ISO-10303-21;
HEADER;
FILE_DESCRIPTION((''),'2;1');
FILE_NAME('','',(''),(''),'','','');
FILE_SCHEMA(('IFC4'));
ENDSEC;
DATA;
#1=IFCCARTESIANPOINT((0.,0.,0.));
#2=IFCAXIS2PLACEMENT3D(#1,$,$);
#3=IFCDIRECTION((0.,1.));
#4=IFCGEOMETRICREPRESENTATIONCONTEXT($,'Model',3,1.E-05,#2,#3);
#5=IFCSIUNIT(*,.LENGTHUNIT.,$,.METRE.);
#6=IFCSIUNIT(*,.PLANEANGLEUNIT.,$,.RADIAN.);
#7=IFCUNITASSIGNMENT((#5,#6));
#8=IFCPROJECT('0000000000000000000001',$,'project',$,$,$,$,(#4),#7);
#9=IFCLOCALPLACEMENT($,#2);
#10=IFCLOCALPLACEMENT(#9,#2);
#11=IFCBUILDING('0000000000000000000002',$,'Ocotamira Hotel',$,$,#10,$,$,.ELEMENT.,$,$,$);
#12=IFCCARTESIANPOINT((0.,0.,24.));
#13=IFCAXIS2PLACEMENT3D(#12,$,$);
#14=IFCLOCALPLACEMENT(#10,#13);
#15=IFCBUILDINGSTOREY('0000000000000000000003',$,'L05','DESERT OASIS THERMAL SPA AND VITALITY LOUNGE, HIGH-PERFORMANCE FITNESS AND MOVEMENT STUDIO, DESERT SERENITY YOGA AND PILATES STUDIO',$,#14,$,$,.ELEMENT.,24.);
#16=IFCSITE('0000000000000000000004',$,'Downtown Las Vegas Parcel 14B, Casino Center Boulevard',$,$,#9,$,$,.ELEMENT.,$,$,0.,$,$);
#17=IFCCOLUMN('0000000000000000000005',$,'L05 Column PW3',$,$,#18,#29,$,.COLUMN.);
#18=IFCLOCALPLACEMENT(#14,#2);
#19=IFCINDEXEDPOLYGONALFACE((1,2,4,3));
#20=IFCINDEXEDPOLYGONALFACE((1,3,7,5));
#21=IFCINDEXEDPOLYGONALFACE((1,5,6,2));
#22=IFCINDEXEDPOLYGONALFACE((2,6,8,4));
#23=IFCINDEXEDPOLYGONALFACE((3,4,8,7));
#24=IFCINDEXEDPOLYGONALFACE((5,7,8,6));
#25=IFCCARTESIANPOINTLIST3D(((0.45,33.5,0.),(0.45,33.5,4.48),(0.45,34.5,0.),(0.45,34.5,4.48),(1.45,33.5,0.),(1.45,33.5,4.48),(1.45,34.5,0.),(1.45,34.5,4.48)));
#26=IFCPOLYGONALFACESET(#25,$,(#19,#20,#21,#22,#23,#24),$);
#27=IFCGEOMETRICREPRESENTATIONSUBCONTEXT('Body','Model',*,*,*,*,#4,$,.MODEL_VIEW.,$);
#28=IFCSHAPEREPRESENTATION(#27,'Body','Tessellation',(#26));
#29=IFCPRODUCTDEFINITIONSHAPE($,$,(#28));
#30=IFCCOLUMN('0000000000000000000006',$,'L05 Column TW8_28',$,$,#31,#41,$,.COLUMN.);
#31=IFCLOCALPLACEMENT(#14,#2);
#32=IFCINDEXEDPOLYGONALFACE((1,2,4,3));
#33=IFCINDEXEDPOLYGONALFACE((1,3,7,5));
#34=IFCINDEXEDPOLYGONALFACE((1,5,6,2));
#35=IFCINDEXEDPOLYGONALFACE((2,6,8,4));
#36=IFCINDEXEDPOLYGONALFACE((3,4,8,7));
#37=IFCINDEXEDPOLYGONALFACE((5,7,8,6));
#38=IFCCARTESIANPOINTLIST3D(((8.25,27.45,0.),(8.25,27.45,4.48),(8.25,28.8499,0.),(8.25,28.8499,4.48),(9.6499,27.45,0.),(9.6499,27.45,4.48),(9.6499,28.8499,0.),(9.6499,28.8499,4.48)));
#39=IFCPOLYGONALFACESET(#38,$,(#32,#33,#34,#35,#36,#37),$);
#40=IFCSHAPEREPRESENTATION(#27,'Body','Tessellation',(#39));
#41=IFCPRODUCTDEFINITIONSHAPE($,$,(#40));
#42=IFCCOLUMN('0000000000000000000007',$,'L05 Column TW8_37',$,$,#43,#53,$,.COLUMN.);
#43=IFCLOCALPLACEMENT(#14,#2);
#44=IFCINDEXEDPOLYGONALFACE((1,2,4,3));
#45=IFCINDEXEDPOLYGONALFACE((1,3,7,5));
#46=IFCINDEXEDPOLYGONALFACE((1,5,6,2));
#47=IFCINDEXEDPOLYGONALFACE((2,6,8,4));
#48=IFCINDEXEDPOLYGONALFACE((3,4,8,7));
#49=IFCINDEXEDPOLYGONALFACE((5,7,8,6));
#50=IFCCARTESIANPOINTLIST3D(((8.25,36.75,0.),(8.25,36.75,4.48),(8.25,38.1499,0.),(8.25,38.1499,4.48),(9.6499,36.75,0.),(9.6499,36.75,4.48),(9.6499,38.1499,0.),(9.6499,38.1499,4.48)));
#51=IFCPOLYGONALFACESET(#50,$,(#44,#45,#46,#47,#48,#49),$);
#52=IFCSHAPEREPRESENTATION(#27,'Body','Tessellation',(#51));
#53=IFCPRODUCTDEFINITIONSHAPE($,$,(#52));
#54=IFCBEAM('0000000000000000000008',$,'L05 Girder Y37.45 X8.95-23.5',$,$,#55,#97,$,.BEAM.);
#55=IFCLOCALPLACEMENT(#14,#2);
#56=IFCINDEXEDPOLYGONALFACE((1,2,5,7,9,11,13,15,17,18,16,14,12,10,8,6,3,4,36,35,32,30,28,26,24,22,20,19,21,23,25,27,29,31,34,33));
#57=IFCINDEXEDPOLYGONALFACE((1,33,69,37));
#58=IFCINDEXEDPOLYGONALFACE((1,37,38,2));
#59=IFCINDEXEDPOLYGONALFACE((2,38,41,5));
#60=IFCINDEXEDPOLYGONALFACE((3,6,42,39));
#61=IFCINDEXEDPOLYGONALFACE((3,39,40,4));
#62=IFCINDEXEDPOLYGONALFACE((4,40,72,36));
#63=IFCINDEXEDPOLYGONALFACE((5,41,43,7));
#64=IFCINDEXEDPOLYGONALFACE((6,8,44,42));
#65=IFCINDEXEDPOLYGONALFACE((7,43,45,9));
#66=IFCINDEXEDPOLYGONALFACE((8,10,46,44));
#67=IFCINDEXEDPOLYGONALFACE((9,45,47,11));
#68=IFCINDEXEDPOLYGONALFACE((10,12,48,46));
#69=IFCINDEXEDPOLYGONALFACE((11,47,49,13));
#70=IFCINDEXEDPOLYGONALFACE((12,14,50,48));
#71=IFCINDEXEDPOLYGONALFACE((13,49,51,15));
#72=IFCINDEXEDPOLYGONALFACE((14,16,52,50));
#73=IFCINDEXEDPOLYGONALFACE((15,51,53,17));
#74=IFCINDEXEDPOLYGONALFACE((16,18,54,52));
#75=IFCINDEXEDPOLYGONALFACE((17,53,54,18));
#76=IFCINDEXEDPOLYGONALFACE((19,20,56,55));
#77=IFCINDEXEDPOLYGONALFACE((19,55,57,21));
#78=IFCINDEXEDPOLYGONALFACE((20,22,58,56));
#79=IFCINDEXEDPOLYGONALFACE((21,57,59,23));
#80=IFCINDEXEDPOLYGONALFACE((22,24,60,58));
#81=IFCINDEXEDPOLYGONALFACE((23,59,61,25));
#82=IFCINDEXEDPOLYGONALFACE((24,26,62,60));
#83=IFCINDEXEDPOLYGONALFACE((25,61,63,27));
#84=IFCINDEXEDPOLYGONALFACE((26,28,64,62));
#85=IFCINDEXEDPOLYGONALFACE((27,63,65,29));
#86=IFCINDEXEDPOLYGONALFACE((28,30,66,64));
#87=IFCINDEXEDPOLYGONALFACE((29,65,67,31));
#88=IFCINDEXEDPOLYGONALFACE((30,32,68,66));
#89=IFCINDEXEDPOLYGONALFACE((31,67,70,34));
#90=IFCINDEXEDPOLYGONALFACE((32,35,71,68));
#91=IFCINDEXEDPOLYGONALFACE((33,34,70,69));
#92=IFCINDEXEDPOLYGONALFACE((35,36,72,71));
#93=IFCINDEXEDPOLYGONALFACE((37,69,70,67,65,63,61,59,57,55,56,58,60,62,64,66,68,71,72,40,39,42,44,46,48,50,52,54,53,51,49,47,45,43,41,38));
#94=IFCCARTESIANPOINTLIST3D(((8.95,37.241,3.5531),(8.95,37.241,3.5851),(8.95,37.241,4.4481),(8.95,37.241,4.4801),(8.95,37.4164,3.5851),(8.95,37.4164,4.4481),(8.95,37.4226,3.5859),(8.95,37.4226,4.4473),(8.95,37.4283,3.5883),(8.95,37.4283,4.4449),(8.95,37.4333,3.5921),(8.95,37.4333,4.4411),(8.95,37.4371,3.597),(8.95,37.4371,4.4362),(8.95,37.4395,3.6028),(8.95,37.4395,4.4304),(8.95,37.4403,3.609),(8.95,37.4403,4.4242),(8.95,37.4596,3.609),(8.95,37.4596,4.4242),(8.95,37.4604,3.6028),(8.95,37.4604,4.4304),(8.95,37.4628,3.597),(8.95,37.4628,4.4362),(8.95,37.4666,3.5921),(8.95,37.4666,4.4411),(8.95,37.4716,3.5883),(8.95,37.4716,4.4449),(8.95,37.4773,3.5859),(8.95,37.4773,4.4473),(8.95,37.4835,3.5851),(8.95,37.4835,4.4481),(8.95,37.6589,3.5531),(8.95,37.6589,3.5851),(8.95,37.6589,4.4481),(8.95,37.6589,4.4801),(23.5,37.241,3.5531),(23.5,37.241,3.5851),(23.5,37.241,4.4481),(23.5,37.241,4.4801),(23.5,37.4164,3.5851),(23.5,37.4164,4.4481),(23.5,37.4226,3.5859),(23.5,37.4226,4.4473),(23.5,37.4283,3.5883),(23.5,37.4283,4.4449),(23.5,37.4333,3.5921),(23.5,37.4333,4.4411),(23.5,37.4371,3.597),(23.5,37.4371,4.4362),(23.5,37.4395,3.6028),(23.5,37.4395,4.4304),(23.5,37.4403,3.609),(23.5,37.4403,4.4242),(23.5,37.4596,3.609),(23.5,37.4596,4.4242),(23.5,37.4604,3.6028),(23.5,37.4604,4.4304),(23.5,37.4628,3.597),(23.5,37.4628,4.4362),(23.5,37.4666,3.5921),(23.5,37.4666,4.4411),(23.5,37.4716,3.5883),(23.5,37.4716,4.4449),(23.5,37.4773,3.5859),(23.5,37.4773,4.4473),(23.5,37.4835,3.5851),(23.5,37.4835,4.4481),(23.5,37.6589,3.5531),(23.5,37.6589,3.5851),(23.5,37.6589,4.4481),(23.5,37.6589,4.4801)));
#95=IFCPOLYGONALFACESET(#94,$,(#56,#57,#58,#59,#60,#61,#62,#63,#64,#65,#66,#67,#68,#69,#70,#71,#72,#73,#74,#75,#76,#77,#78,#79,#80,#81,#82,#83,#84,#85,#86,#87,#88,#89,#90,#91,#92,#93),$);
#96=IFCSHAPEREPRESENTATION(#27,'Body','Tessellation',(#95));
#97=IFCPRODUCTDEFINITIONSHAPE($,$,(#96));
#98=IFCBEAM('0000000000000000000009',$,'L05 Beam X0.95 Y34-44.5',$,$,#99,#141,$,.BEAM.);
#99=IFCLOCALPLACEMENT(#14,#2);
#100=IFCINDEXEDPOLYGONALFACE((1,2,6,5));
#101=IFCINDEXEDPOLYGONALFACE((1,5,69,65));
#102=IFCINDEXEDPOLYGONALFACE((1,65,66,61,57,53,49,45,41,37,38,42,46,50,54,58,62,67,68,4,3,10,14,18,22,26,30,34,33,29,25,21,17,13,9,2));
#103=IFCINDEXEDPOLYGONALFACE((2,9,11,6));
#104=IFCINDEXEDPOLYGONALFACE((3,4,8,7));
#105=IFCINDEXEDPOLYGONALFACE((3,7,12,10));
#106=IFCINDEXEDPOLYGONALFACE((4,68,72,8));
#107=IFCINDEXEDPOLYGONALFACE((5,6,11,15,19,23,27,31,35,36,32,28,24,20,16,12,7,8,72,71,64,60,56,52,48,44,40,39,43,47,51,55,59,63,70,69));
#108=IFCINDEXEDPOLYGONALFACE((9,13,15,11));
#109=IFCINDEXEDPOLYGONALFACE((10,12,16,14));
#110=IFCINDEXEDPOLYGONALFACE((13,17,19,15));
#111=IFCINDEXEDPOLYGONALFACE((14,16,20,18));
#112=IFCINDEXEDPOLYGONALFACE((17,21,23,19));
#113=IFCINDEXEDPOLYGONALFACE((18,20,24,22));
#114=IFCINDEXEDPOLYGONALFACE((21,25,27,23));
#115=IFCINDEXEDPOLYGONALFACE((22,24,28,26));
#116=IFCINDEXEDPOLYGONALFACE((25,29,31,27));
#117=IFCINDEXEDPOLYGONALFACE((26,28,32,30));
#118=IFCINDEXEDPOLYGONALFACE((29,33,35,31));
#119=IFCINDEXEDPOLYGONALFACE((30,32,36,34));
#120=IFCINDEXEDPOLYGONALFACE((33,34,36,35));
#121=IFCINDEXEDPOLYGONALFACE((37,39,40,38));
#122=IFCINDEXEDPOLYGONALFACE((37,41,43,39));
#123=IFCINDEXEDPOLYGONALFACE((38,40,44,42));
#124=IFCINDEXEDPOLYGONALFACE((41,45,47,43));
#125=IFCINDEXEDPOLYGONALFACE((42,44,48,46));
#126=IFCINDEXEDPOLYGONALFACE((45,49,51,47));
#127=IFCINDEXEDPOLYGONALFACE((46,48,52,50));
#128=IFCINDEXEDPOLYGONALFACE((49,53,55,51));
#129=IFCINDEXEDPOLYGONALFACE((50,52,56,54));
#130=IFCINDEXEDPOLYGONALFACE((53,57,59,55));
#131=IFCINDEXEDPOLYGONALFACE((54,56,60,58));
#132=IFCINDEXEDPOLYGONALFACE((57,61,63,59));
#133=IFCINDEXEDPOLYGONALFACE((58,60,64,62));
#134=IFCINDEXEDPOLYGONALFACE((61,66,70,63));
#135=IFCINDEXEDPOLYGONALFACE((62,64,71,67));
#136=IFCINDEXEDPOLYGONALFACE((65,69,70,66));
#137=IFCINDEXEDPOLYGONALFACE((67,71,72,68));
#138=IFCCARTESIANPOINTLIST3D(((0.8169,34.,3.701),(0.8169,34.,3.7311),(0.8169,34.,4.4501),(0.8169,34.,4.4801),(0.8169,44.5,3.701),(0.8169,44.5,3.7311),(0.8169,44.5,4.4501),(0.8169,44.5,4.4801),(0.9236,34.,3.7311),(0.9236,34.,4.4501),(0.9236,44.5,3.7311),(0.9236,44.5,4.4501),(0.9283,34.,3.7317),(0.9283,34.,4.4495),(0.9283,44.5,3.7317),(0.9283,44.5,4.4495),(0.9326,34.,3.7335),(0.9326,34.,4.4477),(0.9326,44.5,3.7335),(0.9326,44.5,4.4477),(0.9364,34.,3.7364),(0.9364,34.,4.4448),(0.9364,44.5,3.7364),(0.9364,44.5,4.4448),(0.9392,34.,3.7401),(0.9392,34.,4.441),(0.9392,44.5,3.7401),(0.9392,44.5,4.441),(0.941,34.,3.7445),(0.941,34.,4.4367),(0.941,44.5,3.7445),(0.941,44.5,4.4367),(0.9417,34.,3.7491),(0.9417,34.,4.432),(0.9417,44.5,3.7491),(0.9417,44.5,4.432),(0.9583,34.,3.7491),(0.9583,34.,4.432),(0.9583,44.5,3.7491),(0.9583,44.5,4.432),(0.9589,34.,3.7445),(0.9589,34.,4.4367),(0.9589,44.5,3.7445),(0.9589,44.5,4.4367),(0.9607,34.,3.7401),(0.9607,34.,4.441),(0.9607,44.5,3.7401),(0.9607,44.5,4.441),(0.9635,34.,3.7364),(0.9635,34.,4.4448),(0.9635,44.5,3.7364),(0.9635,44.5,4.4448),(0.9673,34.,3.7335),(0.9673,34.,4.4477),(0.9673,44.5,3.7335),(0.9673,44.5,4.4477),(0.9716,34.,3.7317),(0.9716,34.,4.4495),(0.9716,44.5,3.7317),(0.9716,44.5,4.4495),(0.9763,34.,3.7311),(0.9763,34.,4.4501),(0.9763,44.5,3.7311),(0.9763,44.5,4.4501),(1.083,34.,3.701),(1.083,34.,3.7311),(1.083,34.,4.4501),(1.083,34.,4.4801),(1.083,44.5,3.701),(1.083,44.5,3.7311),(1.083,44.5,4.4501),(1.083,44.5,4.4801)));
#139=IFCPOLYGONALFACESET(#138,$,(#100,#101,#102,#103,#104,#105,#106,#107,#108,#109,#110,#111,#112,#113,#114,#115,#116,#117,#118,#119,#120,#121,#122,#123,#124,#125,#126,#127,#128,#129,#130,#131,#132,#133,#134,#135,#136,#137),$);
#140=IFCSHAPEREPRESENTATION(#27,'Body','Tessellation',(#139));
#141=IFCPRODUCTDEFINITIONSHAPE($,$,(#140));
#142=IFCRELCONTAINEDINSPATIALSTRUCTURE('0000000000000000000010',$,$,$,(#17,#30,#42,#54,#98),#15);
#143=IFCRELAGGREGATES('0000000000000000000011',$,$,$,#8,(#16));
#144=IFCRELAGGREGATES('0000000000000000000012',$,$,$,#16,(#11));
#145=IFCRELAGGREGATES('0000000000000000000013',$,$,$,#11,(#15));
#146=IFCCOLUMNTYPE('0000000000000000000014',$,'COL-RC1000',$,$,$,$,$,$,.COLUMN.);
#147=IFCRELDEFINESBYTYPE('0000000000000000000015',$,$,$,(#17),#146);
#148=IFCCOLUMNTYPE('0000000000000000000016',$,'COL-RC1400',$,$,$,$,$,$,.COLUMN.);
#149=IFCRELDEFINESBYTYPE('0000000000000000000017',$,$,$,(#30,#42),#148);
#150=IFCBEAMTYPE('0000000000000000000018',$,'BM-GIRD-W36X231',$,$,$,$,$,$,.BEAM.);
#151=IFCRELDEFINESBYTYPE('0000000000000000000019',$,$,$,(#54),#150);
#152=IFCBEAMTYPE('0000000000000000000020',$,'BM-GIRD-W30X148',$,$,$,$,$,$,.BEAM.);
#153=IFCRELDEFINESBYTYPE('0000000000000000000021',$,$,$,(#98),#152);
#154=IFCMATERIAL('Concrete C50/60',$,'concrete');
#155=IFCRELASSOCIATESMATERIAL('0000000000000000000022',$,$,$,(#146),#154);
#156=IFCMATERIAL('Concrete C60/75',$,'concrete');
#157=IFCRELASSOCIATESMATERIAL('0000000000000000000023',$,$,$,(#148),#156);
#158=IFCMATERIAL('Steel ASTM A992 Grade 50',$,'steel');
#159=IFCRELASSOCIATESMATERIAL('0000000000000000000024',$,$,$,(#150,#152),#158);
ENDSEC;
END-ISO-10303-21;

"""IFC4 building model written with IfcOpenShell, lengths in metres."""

from ifc_helpers import new_model, si_unit, direction, frame, origin, origin_2d, place, context, subcontext, project, spatial, rectangle, i_section, extrude, source, transform, mapped, material, material_profile, profile_set, type_object, element, save


model = new_model("IFC4")

# Units and contexts
model_context = context("Model", 3, precision=1e-05, world=origin(), true_north=direction((0.0, 1.0)))
body_context = subcontext(model_context, "Body", "Model", "MODEL_VIEW")
ifc_project = project(units=[si_unit("LENGTHUNIT", "METRE"), si_unit("PLANEANGLEUNIT", "RADIAN")], contexts=[model_context])

# Site, building, storey
site_placement = place(None, origin())
site = spatial("IfcSite", under=ifc_project, at=site_placement, Name="Downtown Las Vegas Parcel 14B, Casino Center Boulevard", CompositionType="ELEMENT", RefElevation=0.0)
building_placement = place(site_placement, origin())
building = spatial("IfcBuilding", under=site, at=building_placement, Name="Ocotamira Hotel", CompositionType="ELEMENT")
storey_placement = place(building_placement, frame((0.0, 0.0, 24.0)))
storey = spatial("IfcBuildingStorey", under=building, at=storey_placement, Name="L05", Description="DESERT OASIS THERMAL SPA AND VITALITY LOUNGE, HIGH-PERFORMANCE FITNESS AND MOVEMENT STUDIO, DESERT SERENITY YOGA AND PILATES STUDIO", CompositionType="ELEMENT", Elevation=24.0)

# Columns
ifc_material_1 = material(Name="Concrete C50/60", Category="concrete")
ifc_material_profile_1 = material_profile(ifc_material_1, rectangle(XDim=1.0, YDim=1.0, at=origin_2d()), Name="RC1000X1000")
ifc_profile_set_1 = profile_set([ifc_material_profile_1], Name="Concrete C50/60")
column_type_1 = type_object("IfcColumnType", Name="COL-RC1000", PredefinedType="COLUMN", material=ifc_profile_set_1)
shared_shape_1 = source(origin(), body_context, "Body", "SweptSolid", [
    extrude(rectangle(XDim=1.0, YDim=1.0, at=origin_2d()), origin(), (0.0, 0.0, 1.0), 4.48),
])
column_placement = place(storey_placement, frame((0.95, 34.0, 0.0), z_axis=(0.0, 0.0, 1.0), x_axis=(1.0, 0.0, 0.0)))
element("IfcColumn", 1, at=column_placement, inside=storey, type_object=column_type_1, Name="L05 Column PW3", PredefinedType="COLUMN", context=body_context, shape_type="MappedRepresentation", body=[
    mapped(shared_shape_1, transform((0.0, 0.0, 0.0), scale=1.0)),
])
ifc_material_2 = material(Name="Concrete C60/75", Category="concrete")
ifc_material_profile_2 = material_profile(ifc_material_2, rectangle(XDim=1.3999, YDim=1.3999, at=origin_2d()), Name="RC1400X1400")
ifc_profile_set_2 = profile_set([ifc_material_profile_2], Name="Concrete C60/75")
column_type_2 = type_object("IfcColumnType", Name="COL-RC1400", PredefinedType="COLUMN", material=ifc_profile_set_2)
shared_shape_2 = source(origin(), body_context, "Body", "SweptSolid", [
    extrude(rectangle(XDim=1.3999, YDim=1.3999, at=origin_2d()), origin(), (0.0, 0.0, 1.0), 4.48),
])
for number, where, z_axis, x_axis, name in (
    (2, (8.95, 28.1499, 0.0), (0.0, 0.0, 1.0), (1.0, 0.0, 0.0), "L05 Column TW8_28"),
    (3, (8.95, 37.45, 0.0), (0.0, 0.0, 1.0), (1.0, 0.0, 0.0), "L05 Column TW8_37"),
):
    element("IfcColumn", number, at=place(storey_placement, frame(where, z_axis=z_axis, x_axis=x_axis)), inside=storey, type_object=column_type_2, Name=name, PredefinedType="COLUMN", context=body_context, shape_type="MappedRepresentation", body=[
        mapped(shared_shape_2, transform((0.0, 0.0, 0.0), scale=1.0)),
    ])

# Beams
ifc_material_3 = material(Name="Steel ASTM A992 Grade 50", Category="steel")
ifc_material_profile_3 = material_profile(ifc_material_3, i_section(OverallWidth=0.418, OverallDepth=0.927, WebThickness=0.0193, FlangeThickness=0.032, FilletRadius=0.0239, at=origin_2d()), Name="W36X231")
ifc_profile_set_3 = profile_set([ifc_material_profile_3], Name="Steel ASTM A992 Grade 50")
beam_type_1 = type_object("IfcBeamType", Name="BM-GIRD-W36X231", PredefinedType="BEAM", material=ifc_profile_set_3)
shared_shape_3 = source(origin(), body_context, "Body", "SweptSolid", [
    extrude(i_section(OverallWidth=0.418, OverallDepth=0.927, WebThickness=0.0193, FlangeThickness=0.032, FilletRadius=0.0239, at=origin_2d()), origin(), (0.0, 0.0, 1.0), 14.55),
])
beam_1_placement = place(storey_placement, frame((8.95, 37.45, 4.0166), z_axis=(1.0, 0.0, 0.0), x_axis=(0.0, 1.0, 0.0)))
element("IfcBeam", 4, at=beam_1_placement, inside=storey, type_object=beam_type_1, Name="L05 Girder Y37.45 X8.95-23.5", PredefinedType="BEAM", context=body_context, shape_type="MappedRepresentation", body=[
    mapped(shared_shape_3, transform((0.0, 0.0, 0.0), scale=1.0)),
])
ifc_material_profile_4 = material_profile(ifc_material_3, i_section(OverallWidth=0.2661, OverallDepth=0.7791, WebThickness=0.0166, FlangeThickness=0.03, FilletRadius=0.0181, at=origin_2d()), Name="W30X148")
ifc_profile_set_4 = profile_set([ifc_material_profile_4], Name="Steel ASTM A992 Grade 50")
beam_type_2 = type_object("IfcBeamType", Name="BM-GIRD-W30X148", PredefinedType="BEAM", material=ifc_profile_set_4)
shared_shape_4 = source(origin(), body_context, "Body", "SweptSolid", [
    extrude(i_section(OverallWidth=0.2661, OverallDepth=0.7791, WebThickness=0.0166, FlangeThickness=0.03, FilletRadius=0.0181, at=origin_2d()), origin(), (0.0, 0.0, 1.0), 10.5),
])
beam_2_placement = place(storey_placement, frame((0.95, 34.0, 4.0906), z_axis=(0.0, 1.0, 0.0), x_axis=(-1.0, 0.0, 0.0)))
element("IfcBeam", 5, at=beam_2_placement, inside=storey, type_object=beam_type_2, Name="L05 Beam X0.95 Y34-44.5", PredefinedType="BEAM", context=body_context, shape_type="MappedRepresentation", body=[
    mapped(shared_shape_4, transform((0.0, 0.0, 0.0), scale=1.0)),
])

save(model, "model.ifc")
